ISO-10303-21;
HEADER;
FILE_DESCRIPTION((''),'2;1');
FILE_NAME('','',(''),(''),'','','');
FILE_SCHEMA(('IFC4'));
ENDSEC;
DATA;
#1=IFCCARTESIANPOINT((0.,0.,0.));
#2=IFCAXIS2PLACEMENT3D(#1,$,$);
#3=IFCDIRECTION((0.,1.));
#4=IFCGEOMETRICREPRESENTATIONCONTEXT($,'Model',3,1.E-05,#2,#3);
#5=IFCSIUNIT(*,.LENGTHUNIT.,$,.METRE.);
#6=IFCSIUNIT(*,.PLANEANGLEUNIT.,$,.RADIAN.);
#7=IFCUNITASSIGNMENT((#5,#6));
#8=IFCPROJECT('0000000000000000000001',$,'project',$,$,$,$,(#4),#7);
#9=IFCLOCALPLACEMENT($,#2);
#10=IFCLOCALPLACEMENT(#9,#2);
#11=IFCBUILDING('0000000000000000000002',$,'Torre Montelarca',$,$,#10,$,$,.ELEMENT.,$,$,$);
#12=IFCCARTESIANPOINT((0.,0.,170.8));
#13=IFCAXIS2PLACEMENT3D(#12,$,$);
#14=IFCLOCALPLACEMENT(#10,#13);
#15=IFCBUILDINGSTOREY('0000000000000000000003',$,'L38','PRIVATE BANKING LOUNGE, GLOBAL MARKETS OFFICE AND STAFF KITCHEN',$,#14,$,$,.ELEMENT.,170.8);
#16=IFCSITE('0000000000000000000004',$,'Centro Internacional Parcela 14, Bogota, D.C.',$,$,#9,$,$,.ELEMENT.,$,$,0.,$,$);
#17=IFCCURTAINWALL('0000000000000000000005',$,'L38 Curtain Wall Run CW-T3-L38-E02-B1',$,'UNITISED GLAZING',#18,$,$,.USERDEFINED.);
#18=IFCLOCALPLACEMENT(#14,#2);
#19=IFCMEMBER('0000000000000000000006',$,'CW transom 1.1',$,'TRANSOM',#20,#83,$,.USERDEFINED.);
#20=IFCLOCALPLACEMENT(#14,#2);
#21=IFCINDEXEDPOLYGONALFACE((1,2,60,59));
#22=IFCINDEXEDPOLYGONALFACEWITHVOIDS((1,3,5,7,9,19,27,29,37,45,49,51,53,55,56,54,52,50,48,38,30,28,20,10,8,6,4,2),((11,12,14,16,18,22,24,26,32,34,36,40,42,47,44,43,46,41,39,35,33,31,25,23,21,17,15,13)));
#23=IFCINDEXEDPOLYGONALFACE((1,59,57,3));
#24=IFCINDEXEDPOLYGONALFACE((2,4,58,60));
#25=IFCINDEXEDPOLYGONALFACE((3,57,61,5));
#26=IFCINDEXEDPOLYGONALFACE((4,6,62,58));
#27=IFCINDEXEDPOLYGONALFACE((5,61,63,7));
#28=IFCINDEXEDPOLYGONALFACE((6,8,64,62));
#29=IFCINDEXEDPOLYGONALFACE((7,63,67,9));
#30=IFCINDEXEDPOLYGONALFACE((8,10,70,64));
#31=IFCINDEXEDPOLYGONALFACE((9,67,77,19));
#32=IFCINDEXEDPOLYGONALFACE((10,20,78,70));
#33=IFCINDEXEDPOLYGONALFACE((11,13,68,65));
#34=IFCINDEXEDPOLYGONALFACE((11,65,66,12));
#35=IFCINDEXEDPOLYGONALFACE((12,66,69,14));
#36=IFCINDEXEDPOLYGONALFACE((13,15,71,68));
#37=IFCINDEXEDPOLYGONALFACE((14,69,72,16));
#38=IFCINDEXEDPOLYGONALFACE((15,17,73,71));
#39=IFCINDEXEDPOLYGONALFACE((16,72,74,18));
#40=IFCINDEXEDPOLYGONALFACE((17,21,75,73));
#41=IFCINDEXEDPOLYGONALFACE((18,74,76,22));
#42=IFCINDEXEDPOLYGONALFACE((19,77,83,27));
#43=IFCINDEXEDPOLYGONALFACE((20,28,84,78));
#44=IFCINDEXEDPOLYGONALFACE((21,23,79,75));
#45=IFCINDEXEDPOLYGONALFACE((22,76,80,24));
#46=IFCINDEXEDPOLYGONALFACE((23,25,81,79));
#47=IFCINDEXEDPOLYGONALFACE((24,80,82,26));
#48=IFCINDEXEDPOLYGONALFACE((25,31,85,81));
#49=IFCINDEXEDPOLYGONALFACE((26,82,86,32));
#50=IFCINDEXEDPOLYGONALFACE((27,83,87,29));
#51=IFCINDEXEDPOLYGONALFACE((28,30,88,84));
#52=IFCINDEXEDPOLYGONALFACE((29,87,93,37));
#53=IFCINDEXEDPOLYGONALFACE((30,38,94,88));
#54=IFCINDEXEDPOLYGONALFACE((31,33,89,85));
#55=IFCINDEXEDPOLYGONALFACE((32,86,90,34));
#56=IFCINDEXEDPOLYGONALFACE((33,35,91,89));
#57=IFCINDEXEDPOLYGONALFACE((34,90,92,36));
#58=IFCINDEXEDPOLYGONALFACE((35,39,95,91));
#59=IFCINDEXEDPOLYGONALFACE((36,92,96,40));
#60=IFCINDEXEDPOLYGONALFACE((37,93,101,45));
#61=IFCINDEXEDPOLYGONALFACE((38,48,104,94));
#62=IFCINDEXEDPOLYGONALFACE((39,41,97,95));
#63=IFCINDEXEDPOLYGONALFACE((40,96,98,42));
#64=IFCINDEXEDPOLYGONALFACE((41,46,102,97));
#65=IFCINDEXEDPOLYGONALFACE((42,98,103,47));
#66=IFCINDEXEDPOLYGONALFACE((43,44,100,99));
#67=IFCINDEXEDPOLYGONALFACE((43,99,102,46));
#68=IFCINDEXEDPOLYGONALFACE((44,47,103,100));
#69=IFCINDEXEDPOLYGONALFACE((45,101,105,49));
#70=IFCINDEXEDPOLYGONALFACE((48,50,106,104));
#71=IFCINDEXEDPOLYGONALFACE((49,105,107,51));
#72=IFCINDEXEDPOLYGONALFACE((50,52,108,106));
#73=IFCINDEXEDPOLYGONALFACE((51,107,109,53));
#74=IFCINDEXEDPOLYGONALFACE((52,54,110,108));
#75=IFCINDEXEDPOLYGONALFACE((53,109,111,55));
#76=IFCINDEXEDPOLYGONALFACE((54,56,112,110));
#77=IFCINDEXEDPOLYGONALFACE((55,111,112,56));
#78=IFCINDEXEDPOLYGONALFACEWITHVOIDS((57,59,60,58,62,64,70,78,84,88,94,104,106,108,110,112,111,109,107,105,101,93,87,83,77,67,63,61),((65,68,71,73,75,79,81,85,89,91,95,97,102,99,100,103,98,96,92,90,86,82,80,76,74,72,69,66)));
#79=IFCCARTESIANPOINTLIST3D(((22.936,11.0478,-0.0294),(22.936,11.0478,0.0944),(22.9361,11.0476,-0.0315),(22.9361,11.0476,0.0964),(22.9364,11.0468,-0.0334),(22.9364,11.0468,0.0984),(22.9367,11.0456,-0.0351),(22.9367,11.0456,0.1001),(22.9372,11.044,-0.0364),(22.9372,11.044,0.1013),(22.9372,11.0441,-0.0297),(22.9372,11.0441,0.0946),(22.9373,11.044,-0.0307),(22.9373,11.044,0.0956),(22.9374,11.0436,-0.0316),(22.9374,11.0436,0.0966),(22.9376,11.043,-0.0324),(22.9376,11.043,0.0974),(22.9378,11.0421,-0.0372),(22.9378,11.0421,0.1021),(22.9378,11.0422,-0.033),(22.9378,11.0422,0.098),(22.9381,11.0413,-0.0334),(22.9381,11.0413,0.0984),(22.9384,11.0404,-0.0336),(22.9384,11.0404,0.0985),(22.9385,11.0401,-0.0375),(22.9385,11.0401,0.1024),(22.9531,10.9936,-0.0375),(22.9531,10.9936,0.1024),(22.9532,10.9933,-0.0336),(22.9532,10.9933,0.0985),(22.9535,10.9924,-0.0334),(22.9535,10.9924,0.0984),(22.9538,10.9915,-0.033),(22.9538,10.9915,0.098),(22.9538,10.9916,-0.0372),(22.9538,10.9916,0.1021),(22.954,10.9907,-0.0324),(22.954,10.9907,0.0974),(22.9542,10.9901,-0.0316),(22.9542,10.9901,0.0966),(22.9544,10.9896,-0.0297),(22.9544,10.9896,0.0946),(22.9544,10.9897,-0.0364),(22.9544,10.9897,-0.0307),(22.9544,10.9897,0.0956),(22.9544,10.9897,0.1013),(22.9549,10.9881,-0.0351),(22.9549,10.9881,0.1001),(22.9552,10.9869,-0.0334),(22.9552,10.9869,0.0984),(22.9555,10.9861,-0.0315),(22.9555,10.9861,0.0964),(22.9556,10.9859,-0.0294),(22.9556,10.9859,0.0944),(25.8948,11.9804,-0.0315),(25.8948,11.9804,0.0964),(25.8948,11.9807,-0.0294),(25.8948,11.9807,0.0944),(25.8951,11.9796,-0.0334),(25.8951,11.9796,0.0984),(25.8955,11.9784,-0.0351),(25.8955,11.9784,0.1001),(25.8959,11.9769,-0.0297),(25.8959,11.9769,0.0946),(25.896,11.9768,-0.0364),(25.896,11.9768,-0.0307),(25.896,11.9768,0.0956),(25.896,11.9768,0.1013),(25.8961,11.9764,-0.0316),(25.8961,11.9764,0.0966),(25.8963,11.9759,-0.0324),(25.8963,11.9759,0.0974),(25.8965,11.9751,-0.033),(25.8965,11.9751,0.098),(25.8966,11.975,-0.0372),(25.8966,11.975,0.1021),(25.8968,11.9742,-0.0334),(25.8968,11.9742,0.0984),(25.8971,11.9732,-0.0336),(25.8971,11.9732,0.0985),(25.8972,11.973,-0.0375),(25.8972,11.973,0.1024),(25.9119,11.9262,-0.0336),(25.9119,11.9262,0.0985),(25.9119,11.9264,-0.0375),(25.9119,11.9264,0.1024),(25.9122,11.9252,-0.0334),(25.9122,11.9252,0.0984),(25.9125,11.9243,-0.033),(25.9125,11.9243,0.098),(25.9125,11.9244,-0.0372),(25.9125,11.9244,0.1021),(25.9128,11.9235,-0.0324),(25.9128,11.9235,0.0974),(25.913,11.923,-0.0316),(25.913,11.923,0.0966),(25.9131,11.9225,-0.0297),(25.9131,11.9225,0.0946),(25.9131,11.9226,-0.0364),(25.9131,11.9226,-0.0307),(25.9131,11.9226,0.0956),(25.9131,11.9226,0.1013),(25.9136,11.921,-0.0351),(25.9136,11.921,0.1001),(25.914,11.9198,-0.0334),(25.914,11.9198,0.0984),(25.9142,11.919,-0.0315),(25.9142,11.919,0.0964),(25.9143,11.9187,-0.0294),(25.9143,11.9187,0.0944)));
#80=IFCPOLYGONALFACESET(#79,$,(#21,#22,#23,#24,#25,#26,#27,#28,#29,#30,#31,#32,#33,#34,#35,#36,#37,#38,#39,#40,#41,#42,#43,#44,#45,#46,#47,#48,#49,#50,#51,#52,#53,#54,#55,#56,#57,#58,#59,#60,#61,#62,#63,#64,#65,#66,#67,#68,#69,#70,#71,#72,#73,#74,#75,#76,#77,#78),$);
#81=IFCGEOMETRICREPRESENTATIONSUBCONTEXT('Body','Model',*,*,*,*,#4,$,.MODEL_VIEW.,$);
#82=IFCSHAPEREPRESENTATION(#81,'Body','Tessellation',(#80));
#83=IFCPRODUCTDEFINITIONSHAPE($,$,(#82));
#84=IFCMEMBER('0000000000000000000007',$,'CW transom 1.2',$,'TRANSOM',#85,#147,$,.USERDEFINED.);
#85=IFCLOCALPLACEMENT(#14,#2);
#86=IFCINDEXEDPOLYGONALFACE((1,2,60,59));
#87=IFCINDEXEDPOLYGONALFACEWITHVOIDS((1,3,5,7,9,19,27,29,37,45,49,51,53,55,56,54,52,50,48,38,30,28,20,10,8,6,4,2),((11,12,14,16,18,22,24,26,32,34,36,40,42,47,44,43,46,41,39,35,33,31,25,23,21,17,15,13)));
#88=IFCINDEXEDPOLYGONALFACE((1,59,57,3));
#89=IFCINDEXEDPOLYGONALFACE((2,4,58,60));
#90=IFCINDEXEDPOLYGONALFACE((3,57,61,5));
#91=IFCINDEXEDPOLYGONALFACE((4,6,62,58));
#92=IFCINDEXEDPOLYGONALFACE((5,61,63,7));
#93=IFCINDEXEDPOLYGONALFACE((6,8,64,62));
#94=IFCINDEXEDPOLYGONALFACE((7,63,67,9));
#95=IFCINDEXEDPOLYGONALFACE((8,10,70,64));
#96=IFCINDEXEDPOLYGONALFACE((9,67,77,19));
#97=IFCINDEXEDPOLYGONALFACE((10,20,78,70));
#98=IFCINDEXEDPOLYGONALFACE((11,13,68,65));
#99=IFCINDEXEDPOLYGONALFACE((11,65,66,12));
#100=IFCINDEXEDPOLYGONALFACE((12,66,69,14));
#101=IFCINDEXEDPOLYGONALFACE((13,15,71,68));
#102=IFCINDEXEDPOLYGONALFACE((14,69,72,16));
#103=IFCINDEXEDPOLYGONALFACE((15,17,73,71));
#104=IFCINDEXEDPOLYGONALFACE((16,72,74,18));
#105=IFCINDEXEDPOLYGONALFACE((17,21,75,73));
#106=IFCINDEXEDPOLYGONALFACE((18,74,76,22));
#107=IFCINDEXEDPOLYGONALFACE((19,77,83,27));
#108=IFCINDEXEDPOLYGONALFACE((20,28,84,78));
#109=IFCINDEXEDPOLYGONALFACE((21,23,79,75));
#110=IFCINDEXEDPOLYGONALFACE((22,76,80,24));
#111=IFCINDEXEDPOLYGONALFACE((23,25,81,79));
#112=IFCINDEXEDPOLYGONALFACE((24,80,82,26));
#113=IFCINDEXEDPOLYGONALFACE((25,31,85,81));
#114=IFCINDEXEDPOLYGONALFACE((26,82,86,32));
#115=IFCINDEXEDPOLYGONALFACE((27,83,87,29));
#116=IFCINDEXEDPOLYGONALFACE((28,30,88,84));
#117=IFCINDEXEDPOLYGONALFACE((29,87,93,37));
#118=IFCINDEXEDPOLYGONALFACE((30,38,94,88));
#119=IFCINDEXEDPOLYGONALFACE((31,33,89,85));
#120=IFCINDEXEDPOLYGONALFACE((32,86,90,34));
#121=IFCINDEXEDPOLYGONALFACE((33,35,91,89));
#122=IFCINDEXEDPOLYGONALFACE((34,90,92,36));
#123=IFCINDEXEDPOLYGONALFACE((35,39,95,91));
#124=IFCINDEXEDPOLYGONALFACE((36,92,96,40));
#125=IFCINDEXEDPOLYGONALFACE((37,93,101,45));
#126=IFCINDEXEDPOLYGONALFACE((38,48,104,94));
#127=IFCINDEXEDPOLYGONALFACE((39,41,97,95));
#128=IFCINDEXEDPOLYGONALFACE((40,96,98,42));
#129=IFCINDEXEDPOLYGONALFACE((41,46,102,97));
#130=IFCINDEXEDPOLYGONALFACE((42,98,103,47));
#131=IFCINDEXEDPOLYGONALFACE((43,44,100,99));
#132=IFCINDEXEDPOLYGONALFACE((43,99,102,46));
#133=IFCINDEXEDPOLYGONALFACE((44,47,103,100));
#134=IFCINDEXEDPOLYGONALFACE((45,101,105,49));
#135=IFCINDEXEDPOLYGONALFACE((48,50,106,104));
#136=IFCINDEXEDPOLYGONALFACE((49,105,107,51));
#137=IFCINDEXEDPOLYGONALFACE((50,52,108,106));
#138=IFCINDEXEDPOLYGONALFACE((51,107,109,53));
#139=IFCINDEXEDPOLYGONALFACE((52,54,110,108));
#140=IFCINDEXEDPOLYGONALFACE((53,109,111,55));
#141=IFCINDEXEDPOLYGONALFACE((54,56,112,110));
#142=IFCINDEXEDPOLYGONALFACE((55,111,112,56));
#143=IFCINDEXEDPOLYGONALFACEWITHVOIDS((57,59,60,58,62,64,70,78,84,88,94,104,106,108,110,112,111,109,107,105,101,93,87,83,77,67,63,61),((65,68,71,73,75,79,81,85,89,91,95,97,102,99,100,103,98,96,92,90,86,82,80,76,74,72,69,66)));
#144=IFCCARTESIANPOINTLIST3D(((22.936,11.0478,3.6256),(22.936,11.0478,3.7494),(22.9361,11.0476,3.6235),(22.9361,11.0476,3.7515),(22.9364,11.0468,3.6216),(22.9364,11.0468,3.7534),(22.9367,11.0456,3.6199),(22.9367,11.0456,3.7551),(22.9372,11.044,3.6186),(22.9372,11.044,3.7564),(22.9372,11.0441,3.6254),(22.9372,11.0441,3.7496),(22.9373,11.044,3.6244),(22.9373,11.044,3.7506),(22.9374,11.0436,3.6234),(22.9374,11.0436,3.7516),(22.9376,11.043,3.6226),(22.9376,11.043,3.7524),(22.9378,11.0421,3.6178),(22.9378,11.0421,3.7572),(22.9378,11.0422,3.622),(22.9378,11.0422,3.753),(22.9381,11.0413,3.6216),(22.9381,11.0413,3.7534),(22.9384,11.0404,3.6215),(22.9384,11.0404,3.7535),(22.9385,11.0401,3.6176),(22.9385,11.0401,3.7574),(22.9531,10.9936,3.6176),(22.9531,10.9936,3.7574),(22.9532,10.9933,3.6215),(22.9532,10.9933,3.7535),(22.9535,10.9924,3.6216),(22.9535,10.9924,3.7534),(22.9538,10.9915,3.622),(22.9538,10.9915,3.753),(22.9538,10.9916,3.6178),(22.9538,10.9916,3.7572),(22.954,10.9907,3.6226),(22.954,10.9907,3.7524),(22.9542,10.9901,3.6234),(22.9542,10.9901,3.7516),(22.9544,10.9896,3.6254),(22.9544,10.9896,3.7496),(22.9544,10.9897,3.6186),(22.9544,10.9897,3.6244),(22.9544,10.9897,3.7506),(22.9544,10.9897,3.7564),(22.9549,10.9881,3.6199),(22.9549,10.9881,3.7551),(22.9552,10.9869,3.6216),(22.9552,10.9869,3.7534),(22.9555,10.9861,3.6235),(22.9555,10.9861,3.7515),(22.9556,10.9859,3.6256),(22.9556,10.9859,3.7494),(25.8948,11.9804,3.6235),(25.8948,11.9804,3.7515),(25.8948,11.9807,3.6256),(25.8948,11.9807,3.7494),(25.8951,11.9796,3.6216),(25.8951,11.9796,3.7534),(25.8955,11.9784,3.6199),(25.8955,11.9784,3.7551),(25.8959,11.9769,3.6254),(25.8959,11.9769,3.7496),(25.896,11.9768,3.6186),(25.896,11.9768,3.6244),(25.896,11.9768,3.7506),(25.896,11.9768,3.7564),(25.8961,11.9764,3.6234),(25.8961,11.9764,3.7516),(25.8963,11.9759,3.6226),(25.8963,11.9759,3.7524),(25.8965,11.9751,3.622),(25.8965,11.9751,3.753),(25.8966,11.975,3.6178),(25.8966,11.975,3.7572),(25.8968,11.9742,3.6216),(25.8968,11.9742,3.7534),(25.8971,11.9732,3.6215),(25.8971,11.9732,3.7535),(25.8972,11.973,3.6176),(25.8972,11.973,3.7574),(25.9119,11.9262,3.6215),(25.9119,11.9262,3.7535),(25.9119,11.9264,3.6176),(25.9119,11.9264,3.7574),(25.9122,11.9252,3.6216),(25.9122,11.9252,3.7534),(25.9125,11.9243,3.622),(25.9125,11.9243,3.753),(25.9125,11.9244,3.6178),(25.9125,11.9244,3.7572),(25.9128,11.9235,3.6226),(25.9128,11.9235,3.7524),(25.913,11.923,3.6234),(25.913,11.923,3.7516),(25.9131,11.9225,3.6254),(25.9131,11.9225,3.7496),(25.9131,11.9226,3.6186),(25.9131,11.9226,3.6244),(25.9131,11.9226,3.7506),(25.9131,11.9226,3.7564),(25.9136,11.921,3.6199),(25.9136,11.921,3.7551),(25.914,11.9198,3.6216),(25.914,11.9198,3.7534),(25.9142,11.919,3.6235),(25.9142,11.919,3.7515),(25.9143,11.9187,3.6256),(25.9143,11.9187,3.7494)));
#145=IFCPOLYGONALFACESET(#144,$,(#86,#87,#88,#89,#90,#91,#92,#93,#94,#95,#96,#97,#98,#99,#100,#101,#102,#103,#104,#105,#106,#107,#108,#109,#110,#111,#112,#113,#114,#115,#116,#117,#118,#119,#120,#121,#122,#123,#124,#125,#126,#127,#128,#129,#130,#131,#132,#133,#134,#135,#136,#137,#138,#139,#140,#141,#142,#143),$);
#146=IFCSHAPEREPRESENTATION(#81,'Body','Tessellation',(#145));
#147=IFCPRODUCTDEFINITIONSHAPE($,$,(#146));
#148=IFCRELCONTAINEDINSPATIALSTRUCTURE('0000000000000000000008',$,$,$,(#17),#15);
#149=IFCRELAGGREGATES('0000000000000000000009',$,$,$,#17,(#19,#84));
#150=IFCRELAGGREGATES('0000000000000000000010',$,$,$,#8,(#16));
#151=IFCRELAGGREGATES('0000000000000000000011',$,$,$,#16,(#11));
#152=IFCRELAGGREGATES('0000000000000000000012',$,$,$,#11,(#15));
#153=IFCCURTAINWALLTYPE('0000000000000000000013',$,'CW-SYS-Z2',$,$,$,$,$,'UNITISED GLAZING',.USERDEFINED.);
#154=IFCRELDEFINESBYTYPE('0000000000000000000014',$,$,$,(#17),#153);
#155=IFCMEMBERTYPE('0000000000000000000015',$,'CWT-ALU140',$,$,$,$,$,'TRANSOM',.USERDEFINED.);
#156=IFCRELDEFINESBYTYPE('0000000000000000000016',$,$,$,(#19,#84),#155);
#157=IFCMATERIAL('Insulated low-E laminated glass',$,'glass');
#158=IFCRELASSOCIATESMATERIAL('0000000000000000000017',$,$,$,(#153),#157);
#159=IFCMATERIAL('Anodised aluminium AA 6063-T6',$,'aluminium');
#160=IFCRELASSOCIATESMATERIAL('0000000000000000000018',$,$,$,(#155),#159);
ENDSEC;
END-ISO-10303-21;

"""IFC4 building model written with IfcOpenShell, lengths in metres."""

from ifc_helpers import new_model, si_unit, direction, frame, origin, origin_2d, place, context, subcontext, project, spatial, hollow_rectangle, extrude, source, transform, mapped, material, material_profile, profile_set, type_object, element, aggregate, save


model = new_model("IFC4")

# Units and contexts
model_context = context("Model", 3, precision=1e-05, world=origin(), true_north=direction((0.0, 1.0)))
body_context = subcontext(model_context, "Body", "Model", "MODEL_VIEW")
ifc_project = project(units=[si_unit("LENGTHUNIT", "METRE"), si_unit("PLANEANGLEUNIT", "RADIAN")], contexts=[model_context])

# Site, building, storey
site_placement = place(None, origin())
site = spatial("IfcSite", under=ifc_project, at=site_placement, Name="Centro Internacional Parcela 14, Bogota, D.C.", CompositionType="ELEMENT", RefElevation=0.0)
building_placement = place(site_placement, origin())
building = spatial("IfcBuilding", under=site, at=building_placement, Name="Torre Montelarca", CompositionType="ELEMENT")
storey_placement = place(building_placement, frame((0.0, 0.0, 170.8)))
storey = spatial("IfcBuildingStorey", under=building, at=storey_placement, Name="L38", Description="PRIVATE BANKING LOUNGE, GLOBAL MARKETS OFFICE AND STAFF KITCHEN", CompositionType="ELEMENT", Elevation=170.8)

# Curtain wall, members
ifc_material_1 = material(Name="Insulated low-E laminated glass", Category="glass")
curtain_wall_type = type_object("IfcCurtainWallType", Name="CW-SYS-Z2", ElementType="UNITISED GLAZING", PredefinedType="USERDEFINED", material=ifc_material_1)
curtain_wall_1_placement = place(storey_placement, origin())
curtain_wall_1 = element("IfcCurtainWall", 1, at=curtain_wall_1_placement, inside=storey, type_object=curtain_wall_type, Name="L38 Curtain Wall Run CW-T3-L38-E02-B1", ObjectType="UNITISED GLAZING", PredefinedType="USERDEFINED")
ifc_material_2 = material(Name="Anodised aluminium AA 6063-T6", Category="aluminium")
ifc_material_profile_1 = material_profile(ifc_material_2, hollow_rectangle(XDim=0.0649, YDim=0.1399, WallThickness=0.0039, InnerFilletRadius=0.0039, OuterFilletRadius=0.0081, at=origin_2d()), Name="ALU65X140X4", Category="aluminium")
ifc_profile_set_1 = profile_set([ifc_material_profile_1], Name="Anodised aluminium AA 6063-T6")
member_type_1 = type_object("IfcMemberType", Name="CWT-ALU140", ElementType="TRANSOM", PredefinedType="USERDEFINED", material=ifc_profile_set_1)
shared_shape_1 = source(origin(), body_context, "Body", "SweptSolid", [
    extrude(hollow_rectangle(XDim=0.0649, YDim=0.1399, WallThickness=0.0039, InnerFilletRadius=0.0039, OuterFilletRadius=0.0081, at=origin_2d()), origin(), (0.0, 0.0, 1.0), 3.1023),
])
member_1_placement = place(storey_placement, frame((22.9458, 11.0168, 0.0325), z_axis=(0.953719, 0.300698, 0.0), x_axis=(-0.300698, 0.953719, 0.0)))
member_1 = element("IfcMember", 2, at=member_1_placement, type_object=member_type_1, Name="CW transom 1.1", ObjectType="TRANSOM", PredefinedType="USERDEFINED", context=body_context, shape_type="MappedRepresentation", body=[
    mapped(shared_shape_1, transform((0.0, 0.0, 0.0), scale=1.0)),
])
member_2_placement = place(storey_placement, frame((22.9458, 11.0168, 3.6875), z_axis=(0.953719, 0.300698, 0.0), x_axis=(-0.300698, 0.953719, 0.0)))
member_2 = element("IfcMember", 3, at=member_2_placement, type_object=member_type_1, Name="CW transom 1.2", ObjectType="TRANSOM", PredefinedType="USERDEFINED", context=body_context, shape_type="MappedRepresentation", body=[
    mapped(shared_shape_1, transform((0.0, 0.0, 0.0), scale=1.0)),
])

aggregate(curtain_wall_1, [member_1, member_2])

save(model, "model.ifc")
